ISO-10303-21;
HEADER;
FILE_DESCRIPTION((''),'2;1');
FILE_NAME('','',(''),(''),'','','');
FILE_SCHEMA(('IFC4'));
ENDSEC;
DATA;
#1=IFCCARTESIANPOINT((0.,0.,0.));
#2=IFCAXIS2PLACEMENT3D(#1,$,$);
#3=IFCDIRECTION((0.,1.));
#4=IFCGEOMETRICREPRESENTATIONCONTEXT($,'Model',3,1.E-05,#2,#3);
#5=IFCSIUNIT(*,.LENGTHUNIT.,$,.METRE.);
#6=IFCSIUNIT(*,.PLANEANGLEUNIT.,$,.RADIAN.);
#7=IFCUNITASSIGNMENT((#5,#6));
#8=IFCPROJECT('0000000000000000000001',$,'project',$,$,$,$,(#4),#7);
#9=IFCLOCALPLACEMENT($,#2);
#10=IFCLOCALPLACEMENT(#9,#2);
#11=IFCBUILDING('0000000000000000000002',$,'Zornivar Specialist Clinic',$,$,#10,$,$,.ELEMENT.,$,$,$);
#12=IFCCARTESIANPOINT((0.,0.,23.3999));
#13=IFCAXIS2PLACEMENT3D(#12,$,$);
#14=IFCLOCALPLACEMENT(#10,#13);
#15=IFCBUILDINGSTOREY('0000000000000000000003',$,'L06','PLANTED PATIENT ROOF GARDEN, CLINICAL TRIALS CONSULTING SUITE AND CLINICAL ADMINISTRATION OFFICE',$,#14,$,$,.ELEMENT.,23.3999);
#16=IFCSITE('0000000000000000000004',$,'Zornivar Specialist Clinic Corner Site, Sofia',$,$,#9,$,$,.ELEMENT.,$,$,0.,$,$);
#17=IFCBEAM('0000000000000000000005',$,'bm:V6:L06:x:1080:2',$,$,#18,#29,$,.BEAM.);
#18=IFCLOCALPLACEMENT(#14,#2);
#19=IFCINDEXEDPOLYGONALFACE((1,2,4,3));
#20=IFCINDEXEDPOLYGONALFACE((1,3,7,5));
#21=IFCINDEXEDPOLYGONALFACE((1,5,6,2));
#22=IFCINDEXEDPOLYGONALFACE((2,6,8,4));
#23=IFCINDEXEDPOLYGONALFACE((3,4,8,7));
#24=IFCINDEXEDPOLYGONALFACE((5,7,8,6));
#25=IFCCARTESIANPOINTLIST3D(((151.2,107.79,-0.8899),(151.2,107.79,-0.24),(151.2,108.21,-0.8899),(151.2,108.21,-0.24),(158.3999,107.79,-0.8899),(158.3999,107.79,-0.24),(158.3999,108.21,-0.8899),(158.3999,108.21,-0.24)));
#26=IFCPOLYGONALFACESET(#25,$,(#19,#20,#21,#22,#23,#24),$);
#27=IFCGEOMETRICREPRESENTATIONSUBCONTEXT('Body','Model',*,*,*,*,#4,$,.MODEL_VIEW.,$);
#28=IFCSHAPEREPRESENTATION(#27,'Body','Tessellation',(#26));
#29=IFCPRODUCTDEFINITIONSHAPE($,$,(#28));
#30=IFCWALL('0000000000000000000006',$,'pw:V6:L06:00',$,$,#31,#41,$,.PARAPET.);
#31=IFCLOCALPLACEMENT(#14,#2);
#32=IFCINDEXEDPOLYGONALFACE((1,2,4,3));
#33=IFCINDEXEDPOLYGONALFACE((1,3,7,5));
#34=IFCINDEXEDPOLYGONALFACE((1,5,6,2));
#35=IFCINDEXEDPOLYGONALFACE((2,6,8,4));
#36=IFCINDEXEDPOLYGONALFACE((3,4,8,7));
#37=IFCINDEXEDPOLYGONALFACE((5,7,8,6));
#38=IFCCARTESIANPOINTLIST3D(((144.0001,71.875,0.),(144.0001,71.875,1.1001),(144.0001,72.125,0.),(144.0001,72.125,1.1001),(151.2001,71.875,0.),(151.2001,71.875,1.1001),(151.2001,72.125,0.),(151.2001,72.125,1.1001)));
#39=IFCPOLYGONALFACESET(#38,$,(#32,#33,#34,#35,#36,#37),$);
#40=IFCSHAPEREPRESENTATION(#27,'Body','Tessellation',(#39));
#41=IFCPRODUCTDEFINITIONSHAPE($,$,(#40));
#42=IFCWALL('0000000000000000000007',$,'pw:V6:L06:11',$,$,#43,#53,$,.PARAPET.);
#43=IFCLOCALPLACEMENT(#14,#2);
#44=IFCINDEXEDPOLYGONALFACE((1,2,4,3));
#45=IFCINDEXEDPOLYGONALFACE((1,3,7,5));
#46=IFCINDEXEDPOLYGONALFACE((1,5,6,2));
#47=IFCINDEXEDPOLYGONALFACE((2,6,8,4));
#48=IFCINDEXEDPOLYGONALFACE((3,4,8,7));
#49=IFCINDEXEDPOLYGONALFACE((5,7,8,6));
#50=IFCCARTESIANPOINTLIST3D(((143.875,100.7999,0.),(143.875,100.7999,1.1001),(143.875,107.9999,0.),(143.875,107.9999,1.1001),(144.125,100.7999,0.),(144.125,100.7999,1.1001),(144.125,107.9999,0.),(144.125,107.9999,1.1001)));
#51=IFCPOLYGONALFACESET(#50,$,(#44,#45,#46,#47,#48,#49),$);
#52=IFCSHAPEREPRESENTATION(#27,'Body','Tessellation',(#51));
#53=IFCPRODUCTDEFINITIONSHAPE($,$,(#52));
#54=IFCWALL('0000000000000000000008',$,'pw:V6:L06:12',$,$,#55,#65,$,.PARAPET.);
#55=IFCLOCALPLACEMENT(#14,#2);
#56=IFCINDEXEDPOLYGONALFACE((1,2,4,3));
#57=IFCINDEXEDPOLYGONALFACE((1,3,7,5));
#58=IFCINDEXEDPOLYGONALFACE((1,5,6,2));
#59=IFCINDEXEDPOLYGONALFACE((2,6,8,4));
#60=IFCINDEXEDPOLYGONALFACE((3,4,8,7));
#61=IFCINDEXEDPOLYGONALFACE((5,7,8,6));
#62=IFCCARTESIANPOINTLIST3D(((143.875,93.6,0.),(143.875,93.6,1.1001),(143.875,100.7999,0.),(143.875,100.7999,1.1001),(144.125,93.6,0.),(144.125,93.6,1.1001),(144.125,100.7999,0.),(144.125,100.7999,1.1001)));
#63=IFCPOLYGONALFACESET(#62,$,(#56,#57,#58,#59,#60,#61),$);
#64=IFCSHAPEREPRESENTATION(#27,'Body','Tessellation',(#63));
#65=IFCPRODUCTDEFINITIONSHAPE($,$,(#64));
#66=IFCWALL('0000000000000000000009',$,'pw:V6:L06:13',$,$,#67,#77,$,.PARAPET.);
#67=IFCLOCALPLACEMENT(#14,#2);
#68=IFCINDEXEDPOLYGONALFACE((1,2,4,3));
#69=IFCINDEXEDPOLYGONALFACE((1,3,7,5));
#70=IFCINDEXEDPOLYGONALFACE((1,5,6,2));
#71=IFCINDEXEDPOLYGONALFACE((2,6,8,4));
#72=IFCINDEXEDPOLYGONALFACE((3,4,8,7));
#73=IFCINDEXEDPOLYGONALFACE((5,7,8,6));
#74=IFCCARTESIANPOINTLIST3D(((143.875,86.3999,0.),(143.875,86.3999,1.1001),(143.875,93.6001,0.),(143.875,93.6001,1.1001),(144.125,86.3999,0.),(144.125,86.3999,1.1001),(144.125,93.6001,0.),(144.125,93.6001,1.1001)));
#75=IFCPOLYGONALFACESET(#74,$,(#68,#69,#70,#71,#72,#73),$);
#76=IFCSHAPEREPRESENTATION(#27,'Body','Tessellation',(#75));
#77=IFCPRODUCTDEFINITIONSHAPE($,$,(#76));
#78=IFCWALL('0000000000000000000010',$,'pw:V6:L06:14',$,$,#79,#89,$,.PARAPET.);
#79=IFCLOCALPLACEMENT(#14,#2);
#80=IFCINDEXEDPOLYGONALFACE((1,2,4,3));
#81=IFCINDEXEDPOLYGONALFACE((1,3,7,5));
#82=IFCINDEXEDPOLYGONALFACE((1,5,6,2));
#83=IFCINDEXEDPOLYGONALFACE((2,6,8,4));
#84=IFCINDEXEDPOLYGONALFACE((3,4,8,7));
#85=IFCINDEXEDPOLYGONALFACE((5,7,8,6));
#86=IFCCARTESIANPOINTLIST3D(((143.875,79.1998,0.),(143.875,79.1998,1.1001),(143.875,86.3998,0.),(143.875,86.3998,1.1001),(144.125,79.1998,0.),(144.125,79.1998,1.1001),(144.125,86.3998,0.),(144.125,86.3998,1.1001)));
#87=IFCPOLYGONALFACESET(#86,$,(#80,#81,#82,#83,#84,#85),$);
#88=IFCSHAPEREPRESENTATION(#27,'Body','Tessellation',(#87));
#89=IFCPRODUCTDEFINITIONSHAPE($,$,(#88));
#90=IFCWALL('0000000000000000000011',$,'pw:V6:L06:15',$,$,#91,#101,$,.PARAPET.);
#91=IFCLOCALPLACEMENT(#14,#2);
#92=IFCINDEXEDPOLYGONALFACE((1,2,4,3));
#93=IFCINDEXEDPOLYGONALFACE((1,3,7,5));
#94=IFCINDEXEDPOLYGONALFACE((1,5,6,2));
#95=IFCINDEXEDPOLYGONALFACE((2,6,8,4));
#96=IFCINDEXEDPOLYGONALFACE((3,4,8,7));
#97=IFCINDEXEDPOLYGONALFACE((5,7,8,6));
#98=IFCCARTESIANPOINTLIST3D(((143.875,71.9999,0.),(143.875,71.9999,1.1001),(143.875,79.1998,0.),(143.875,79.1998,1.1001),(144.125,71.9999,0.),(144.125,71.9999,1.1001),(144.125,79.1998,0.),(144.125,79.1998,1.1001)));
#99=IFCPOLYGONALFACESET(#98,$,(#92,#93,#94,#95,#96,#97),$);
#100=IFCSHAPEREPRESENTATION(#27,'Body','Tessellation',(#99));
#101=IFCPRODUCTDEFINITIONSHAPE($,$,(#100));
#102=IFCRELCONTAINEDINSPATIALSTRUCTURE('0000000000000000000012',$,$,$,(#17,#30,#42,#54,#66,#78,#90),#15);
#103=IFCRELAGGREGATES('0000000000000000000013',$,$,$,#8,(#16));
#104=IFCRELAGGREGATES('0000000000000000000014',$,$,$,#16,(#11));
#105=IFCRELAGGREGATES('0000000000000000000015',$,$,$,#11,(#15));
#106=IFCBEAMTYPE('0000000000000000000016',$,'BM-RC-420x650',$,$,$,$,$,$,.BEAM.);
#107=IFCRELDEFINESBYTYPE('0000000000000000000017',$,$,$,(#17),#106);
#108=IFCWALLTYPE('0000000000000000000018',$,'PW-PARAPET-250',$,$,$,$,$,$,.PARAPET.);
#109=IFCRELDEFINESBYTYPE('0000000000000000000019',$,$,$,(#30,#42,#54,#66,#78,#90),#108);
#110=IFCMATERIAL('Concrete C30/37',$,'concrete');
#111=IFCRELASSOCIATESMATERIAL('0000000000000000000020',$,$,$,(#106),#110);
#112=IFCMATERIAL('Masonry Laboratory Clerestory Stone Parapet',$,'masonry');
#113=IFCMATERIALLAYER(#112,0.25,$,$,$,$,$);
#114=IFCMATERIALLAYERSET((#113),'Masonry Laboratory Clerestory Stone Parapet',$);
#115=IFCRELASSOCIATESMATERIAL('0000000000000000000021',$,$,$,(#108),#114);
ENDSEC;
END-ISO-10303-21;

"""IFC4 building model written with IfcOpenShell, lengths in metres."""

from ifc_helpers import new_model, si_unit, direction, frame, frame_2d, origin, origin_2d, place, context, subcontext, project, spatial, rectangle, extrude, material, layer, layer_set, material_profile, profile_set, type_object, element, save


model = new_model("IFC4")

# Units and contexts
model_context = context("Model", 3, precision=1e-05, world=origin(), true_north=direction((0.0, 1.0)))
body_context = subcontext(model_context, "Body", "Model", "MODEL_VIEW")
ifc_project = project(units=[si_unit("LENGTHUNIT", "METRE"), si_unit("PLANEANGLEUNIT", "RADIAN")], contexts=[model_context])

# Site, building, storey
site_placement = place(None, origin())
site = spatial("IfcSite", under=ifc_project, at=site_placement, Name="Zornivar Specialist Clinic Corner Site, Sofia", CompositionType="ELEMENT", RefElevation=0.0)
building_placement = place(site_placement, origin())
building = spatial("IfcBuilding", under=site, at=building_placement, Name="Zornivar Specialist Clinic", CompositionType="ELEMENT")
storey_placement = place(building_placement, frame((0.0, 0.0, 23.3999)))
storey = spatial("IfcBuildingStorey", under=building, at=storey_placement, Name="L06", Description="PLANTED PATIENT ROOF GARDEN, CLINICAL TRIALS CONSULTING SUITE AND CLINICAL ADMINISTRATION OFFICE", CompositionType="ELEMENT", Elevation=23.3999)

# Beam
ifc_material_1 = material(Name="Concrete C30/37", Category="concrete")
ifc_material_profile_1 = material_profile(ifc_material_1, rectangle(XDim=0.4199, YDim=0.6499, at=origin_2d()), Name="RC 420x650")
ifc_profile_set_1 = profile_set([ifc_material_profile_1], Name="Concrete C30/37")
beam_type_1 = type_object("IfcBeamType", Name="BM-RC-420x650", PredefinedType="BEAM", material=ifc_profile_set_1)
for number, where, z_axis, x_axis, name in (
    (1, (151.2, 108.0, -0.5649), (1.0, 0.0, 0.0), (0.0, 1.0, 0.0), "bm:V6:L06:x:1080:2"),
):
    element("IfcBeam", number, at=place(storey_placement, frame(where, z_axis=z_axis, x_axis=x_axis)), inside=storey, type_object=beam_type_1, Name=name, PredefinedType="BEAM", context=body_context, shape_type="SweptSolid", body=[
        extrude(rectangle(XDim=0.4199, YDim=0.6499, at=origin_2d()), origin(), (0.0, 0.0, 1.0), 7.2),
    ])

# Walls
ifc_material_2 = material(Name="Masonry Laboratory Clerestory Stone Parapet", Category="masonry")
ifc_layer = layer(ifc_material_2, 0.25)
ifc_layer_set = layer_set([ifc_layer], Name="Masonry Laboratory Clerestory Stone Parapet")
wall_type = type_object("IfcWallType", Name="PW-PARAPET-250", PredefinedType="PARAPET", material=ifc_layer_set)
for number, where, z_axis, x_axis, name in (
    (2, (144.0, 72.0, 0.0), (0.0, 0.0, 1.0), (1.0, 0.0, 0.0), "pw:V6:L06:00"),
    (3, (144.0, 108.0, 0.0), (0.0, 0.0, 1.0), (0.0, -1.0, 0.0), "pw:V6:L06:11"),
    (4, (144.0, 100.8, 0.0), (0.0, 0.0, 1.0), (0.0, -1.0, 0.0), "pw:V6:L06:12"),
):
    element("IfcWall", number, at=place(storey_placement, frame(where, z_axis=z_axis, x_axis=x_axis)), inside=storey, type_object=wall_type, Name=name, PredefinedType="PARAPET", context=body_context, shape_type="SweptSolid", body=[
        extrude(rectangle(XDim=7.2, YDim=0.25, at=frame_2d((3.6001, 0.0))), origin(), (0.0, 0.0, 1.0), 1.1001),
    ])
wall_placement = place(storey_placement, frame((144.0, 93.6001, 0.0), z_axis=(0.0, 0.0, 1.0), x_axis=(0.0, -1.0, 0.0)))
element("IfcWall", 5, at=wall_placement, inside=storey, type_object=wall_type, Name="pw:V6:L06:13", PredefinedType="PARAPET", context=body_context, shape_type="SweptSolid", body=[
    extrude(rectangle(XDim=7.2002, YDim=0.25, at=frame_2d((3.6001, 0.0))), origin(), (0.0, 0.0, 1.0), 1.1001),
])
for number, where, z_axis, x_axis, name in (
    (6, (144.0, 86.3999, 0.0), (0.0, 0.0, 1.0), (0.0, -1.0, 0.0), "pw:V6:L06:14"),
    (7, (144.0, 79.2, 0.0), (0.0, 0.0, 1.0), (0.0, -1.0, 0.0), "pw:V6:L06:15"),
):
    element("IfcWall", number, at=place(storey_placement, frame(where, z_axis=z_axis, x_axis=x_axis)), inside=storey, type_object=wall_type, Name=name, PredefinedType="PARAPET", context=body_context, shape_type="SweptSolid", body=[
        extrude(rectangle(XDim=7.2, YDim=0.25, at=frame_2d((3.6001, 0.0))), origin(), (0.0, 0.0, 1.0), 1.1001),
    ])

save(model, "model.ifc")
